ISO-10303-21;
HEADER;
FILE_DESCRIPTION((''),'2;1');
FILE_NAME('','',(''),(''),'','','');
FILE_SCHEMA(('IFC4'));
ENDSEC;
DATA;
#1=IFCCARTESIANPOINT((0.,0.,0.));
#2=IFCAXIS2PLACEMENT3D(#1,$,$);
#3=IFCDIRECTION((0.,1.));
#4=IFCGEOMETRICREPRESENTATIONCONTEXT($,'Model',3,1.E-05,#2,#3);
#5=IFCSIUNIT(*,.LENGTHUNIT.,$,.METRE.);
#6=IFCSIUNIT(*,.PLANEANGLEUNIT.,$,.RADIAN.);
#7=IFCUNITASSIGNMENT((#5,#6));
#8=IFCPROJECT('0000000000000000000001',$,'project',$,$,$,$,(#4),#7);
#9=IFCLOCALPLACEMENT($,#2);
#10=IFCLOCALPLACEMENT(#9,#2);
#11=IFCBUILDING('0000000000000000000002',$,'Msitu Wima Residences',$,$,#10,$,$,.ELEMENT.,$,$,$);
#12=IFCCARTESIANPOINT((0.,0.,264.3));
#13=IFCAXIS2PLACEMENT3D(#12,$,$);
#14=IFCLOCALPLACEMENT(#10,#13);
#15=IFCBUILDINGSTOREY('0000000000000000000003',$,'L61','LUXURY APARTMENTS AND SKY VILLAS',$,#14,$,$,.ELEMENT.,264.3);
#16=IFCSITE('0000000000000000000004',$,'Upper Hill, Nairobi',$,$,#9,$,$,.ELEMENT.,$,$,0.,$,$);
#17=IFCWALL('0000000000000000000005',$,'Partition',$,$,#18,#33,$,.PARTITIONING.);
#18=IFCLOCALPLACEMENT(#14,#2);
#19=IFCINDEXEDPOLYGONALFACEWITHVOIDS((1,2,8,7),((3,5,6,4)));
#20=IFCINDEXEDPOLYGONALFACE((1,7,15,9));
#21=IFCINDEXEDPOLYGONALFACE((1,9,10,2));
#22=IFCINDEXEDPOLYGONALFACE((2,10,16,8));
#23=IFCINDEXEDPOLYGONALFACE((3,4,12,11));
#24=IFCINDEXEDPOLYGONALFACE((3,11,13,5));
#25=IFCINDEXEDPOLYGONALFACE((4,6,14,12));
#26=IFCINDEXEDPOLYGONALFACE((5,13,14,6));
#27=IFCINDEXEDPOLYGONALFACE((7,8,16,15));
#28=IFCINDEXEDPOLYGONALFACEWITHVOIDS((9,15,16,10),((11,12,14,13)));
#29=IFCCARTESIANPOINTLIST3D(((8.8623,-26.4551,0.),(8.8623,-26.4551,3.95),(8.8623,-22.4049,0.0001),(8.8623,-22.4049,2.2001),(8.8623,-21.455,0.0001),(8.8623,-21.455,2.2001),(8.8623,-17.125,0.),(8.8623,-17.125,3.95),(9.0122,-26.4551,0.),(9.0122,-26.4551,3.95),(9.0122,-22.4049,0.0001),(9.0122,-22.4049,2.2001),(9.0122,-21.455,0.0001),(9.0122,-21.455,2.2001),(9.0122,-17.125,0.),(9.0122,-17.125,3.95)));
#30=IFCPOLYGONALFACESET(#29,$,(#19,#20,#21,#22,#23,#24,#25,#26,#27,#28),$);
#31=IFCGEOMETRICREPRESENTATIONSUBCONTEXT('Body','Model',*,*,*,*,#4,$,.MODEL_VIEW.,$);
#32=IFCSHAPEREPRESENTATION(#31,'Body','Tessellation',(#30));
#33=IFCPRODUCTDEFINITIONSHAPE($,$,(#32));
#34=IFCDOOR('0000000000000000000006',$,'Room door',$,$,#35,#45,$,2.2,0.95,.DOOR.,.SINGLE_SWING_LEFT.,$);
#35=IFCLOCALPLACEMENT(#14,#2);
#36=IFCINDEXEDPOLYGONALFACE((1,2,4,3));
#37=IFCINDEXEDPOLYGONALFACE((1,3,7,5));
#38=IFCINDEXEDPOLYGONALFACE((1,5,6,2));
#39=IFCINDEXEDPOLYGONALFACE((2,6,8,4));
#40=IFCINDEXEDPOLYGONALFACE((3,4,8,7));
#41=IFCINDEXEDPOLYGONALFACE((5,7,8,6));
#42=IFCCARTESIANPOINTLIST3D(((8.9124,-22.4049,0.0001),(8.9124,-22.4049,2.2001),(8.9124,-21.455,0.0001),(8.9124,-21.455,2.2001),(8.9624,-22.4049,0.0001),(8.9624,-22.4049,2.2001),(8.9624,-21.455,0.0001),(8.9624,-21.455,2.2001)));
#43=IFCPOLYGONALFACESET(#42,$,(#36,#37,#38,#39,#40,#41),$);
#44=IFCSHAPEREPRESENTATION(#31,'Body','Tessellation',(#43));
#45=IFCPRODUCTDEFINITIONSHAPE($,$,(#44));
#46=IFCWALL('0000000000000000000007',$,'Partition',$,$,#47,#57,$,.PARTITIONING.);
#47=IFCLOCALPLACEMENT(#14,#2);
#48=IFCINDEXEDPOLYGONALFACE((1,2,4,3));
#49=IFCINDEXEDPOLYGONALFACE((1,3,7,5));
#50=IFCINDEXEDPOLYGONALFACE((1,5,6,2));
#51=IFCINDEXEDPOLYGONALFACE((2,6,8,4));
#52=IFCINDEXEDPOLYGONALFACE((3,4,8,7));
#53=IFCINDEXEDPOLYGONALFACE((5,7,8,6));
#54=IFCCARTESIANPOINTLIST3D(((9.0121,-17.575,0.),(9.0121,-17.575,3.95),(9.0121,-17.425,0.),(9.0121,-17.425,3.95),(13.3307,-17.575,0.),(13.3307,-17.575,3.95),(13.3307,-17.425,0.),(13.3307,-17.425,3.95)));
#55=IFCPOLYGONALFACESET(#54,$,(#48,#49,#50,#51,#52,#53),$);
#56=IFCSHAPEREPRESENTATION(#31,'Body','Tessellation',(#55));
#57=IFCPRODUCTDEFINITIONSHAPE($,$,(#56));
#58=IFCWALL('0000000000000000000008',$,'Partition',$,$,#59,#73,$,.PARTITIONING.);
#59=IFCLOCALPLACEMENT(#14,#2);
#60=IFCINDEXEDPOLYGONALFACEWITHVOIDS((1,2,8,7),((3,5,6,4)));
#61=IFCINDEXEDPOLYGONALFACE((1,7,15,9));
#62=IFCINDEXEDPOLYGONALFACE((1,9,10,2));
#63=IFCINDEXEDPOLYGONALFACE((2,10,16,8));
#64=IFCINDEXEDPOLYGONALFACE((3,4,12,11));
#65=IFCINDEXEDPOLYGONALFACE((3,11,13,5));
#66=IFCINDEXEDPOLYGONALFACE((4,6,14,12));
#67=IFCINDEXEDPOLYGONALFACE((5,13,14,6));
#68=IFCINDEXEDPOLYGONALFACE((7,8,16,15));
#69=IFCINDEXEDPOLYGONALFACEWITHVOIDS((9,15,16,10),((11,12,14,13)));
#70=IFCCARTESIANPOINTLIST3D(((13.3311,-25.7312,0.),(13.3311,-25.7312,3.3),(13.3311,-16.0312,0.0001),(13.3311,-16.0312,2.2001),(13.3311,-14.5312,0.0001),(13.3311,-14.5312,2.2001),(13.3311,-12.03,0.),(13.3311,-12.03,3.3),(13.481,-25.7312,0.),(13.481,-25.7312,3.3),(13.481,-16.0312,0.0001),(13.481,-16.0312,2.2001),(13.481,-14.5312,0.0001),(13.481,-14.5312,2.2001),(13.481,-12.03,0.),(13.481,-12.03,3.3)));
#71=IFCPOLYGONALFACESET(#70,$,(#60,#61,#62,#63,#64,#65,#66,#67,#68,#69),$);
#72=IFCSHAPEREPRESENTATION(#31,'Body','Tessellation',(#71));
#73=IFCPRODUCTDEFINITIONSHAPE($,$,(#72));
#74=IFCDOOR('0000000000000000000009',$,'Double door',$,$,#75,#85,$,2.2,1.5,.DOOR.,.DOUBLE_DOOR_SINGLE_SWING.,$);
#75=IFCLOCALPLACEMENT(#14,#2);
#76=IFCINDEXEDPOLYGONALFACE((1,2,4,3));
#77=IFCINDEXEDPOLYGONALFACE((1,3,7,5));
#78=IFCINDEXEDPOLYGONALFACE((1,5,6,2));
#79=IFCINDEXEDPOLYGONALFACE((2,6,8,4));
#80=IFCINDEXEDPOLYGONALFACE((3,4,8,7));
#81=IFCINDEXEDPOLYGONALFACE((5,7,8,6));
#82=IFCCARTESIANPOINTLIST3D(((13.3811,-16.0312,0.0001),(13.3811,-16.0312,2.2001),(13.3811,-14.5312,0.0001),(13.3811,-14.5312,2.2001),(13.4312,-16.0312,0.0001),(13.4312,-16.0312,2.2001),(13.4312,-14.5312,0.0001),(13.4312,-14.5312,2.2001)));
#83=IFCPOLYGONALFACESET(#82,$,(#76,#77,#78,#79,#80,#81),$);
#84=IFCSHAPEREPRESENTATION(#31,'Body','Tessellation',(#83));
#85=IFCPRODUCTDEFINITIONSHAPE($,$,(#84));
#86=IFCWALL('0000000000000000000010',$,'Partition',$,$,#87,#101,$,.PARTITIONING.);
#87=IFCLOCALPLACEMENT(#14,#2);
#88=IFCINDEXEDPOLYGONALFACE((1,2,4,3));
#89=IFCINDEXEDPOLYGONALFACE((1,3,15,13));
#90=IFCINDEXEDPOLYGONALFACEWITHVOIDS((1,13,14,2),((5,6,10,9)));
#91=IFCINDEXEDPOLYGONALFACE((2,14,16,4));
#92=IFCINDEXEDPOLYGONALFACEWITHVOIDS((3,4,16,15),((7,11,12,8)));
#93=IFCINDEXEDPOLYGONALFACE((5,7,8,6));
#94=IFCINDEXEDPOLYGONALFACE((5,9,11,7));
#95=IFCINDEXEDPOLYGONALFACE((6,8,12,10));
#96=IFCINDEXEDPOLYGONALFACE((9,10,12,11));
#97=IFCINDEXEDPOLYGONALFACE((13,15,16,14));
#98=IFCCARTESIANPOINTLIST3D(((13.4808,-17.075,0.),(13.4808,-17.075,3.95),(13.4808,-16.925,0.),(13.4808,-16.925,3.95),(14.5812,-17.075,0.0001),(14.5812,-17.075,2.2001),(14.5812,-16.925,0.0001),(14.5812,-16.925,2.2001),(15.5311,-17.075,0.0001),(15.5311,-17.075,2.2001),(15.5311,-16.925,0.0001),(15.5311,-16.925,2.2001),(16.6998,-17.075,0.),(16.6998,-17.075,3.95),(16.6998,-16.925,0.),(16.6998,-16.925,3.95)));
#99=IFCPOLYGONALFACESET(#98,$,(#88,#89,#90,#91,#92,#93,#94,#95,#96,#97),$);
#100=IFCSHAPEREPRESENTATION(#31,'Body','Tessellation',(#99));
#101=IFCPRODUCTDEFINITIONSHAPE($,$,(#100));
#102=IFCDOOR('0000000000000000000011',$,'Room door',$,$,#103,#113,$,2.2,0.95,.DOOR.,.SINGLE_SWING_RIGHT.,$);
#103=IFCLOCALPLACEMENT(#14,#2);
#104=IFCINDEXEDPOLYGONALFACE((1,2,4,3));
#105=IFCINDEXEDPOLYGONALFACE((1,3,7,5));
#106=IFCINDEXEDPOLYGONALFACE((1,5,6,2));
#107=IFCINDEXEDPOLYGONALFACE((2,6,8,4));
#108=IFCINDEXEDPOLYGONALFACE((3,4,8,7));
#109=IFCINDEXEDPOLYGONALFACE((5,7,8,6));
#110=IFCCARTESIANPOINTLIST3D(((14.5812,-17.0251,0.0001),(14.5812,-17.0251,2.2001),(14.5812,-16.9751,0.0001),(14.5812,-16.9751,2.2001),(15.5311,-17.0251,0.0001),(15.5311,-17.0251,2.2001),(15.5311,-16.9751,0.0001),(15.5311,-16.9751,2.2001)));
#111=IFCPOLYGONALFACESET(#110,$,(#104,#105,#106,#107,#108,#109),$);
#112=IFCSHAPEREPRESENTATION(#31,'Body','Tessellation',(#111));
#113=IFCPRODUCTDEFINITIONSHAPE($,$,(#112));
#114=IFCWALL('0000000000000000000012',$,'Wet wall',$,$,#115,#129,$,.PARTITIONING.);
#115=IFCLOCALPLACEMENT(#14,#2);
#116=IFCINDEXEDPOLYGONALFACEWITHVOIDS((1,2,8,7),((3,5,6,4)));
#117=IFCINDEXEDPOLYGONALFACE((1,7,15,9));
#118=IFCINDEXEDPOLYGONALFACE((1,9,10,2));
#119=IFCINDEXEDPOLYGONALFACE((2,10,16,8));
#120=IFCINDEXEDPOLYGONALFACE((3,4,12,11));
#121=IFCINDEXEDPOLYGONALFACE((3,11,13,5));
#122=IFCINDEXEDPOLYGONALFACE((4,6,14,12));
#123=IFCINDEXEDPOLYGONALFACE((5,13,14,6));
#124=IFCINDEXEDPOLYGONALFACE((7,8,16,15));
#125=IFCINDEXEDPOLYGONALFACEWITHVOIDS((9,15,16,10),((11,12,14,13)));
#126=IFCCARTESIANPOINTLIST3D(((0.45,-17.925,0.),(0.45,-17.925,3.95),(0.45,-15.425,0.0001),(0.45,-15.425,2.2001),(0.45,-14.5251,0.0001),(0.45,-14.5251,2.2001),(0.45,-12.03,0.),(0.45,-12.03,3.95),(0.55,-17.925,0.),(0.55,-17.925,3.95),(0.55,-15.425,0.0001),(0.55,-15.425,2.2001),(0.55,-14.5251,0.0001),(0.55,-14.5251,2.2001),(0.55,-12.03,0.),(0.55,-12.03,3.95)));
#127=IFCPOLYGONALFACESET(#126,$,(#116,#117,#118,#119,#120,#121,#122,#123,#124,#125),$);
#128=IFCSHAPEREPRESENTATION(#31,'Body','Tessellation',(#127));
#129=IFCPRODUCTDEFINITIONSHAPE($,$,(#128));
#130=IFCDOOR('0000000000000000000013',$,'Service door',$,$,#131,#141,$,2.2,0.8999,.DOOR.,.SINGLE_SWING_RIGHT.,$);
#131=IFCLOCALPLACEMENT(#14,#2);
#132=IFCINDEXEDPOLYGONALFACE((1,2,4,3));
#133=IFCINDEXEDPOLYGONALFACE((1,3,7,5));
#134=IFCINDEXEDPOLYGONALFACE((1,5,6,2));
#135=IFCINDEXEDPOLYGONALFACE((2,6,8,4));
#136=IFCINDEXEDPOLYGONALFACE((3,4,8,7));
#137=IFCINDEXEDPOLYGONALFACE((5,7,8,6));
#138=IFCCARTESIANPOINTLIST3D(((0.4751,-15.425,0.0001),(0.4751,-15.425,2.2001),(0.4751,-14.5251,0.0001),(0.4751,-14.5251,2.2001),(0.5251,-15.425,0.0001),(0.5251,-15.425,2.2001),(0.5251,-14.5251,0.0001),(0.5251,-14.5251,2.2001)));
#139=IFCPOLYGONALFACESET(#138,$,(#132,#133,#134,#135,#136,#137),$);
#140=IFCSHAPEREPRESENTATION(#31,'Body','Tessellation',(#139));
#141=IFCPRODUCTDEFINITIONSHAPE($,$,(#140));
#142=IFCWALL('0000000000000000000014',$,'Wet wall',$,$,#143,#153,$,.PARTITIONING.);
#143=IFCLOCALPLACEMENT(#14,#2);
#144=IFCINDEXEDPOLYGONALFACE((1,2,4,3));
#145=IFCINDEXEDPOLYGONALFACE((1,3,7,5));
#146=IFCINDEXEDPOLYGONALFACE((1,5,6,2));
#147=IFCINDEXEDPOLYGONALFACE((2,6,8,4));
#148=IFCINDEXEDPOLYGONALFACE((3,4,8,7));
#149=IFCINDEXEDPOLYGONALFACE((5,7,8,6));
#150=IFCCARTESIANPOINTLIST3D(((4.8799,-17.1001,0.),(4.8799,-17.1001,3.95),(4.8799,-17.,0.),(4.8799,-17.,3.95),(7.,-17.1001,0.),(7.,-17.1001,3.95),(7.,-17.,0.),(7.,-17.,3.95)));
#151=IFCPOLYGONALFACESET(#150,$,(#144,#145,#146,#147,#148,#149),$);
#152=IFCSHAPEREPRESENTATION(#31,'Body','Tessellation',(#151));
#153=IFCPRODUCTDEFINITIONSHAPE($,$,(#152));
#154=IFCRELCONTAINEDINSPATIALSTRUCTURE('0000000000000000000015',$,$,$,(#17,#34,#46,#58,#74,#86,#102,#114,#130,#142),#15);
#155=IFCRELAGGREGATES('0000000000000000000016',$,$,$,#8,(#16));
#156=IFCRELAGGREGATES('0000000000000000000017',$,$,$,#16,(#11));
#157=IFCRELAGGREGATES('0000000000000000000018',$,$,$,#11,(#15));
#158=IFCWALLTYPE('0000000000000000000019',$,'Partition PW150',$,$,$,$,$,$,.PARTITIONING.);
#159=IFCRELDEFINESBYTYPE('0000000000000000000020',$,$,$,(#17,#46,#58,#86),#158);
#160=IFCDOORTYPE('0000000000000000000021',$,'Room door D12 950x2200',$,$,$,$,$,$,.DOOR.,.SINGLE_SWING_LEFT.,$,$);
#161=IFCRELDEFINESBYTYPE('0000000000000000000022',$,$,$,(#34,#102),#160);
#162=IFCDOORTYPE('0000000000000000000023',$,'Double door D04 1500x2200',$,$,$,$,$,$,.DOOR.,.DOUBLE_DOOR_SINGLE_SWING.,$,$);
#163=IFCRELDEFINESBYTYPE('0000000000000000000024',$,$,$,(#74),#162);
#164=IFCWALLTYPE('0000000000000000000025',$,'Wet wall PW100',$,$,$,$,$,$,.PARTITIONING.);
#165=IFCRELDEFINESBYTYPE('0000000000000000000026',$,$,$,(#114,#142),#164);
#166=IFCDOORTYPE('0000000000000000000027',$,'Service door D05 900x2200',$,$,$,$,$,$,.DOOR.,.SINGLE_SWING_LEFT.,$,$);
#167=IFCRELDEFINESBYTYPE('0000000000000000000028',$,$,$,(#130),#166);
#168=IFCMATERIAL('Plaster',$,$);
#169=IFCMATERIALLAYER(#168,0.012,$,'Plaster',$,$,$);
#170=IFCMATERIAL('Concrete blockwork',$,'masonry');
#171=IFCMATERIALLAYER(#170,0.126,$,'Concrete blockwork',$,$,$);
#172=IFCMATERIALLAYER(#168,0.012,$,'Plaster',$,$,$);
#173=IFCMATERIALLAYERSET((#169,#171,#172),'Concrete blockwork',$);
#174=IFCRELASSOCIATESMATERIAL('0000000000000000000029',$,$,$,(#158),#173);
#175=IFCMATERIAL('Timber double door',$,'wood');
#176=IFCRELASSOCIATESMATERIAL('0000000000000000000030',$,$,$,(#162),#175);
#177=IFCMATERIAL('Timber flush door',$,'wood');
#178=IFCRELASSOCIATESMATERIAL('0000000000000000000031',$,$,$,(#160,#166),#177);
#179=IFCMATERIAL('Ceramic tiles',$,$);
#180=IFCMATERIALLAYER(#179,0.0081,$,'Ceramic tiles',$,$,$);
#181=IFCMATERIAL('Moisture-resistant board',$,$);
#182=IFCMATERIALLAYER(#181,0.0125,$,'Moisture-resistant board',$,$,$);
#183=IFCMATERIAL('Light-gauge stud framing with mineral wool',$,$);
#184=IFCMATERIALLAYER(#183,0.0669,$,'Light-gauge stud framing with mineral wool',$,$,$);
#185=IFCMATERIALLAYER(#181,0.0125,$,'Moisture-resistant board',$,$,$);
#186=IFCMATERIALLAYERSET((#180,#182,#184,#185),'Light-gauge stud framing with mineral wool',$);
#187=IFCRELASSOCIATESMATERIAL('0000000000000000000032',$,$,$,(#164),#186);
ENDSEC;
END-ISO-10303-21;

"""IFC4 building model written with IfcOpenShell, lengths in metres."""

from ifc_helpers import new_model, si_unit, direction, frame, frame_2d, origin, place, context, subcontext, project, spatial, rectangle, extrude, material, layer, layer_set, type_object, element, fill, save


model = new_model("IFC4")

# Units and contexts
model_context = context("Model", 3, precision=1e-05, world=origin(), true_north=direction((0.0, 1.0)))
body_context = subcontext(model_context, "Body", "Model", "MODEL_VIEW")
ifc_project = project(units=[si_unit("LENGTHUNIT", "METRE"), si_unit("PLANEANGLEUNIT", "RADIAN")], contexts=[model_context])

# Site, building, storey
site_placement = place(None, origin())
site = spatial("IfcSite", under=ifc_project, at=site_placement, Name="Upper Hill, Nairobi", CompositionType="ELEMENT", RefElevation=0.0)
building_placement = place(site_placement, origin())
building = spatial("IfcBuilding", under=site, at=building_placement, Name="Msitu Wima Residences", CompositionType="ELEMENT")
storey_placement = place(building_placement, frame((0.0, 0.0, 264.3)))
storey = spatial("IfcBuildingStorey", under=building, at=storey_placement, Name="L61", Description="LUXURY APARTMENTS AND SKY VILLAS", CompositionType="ELEMENT", Elevation=264.3)

# Shared definitions
ifc_material_1 = material(Name="Plaster")
ifc_layer_1 = layer(ifc_material_1, 0.012, Name="Plaster")
ifc_material_2 = material(Name="Concrete blockwork", Category="masonry")
ifc_layer_2 = layer(ifc_material_2, 0.126, Name="Concrete blockwork")
ifc_layer_3 = layer(ifc_material_1, 0.012, Name="Plaster")
ifc_layer_set_1 = layer_set([ifc_layer_1, ifc_layer_2, ifc_layer_3], Name="Concrete blockwork")
wall_type_1 = type_object("IfcWallType", Name="Partition PW150", PredefinedType="PARTITIONING", material=ifc_layer_set_1)

# Shared definitions
ifc_material_3 = material(Name="Timber double door", Category="wood")
door_type_1 = type_object("IfcDoorType", Name="Double door D04 1500x2200", OperationType="DOUBLE_DOOR_SINGLE_SWING", PredefinedType="DOOR", material=ifc_material_3)

# Wall, opening, door
ifc_material_4 = material(Name="Timber flush door", Category="wood")
door_type_2 = type_object("IfcDoorType", Name="Room door D12 950x2200", OperationType="SINGLE_SWING_LEFT", PredefinedType="DOOR", material=ifc_material_4)
wall_1_placement = place(storey_placement, frame((8.9373, -26.4551, 0.0), z_axis=(0.0, 0.0, 1.0), x_axis=(0.0, 1.0, 0.0)))
wall_1 = element("IfcWall", 1, at=wall_1_placement, inside=storey, type_object=wall_type_1, Name="Partition", PredefinedType="PARTITIONING", context=body_context, shape_type="SweptSolid", body=[
    extrude(rectangle(XDim=9.3301, YDim=0.1499, at=frame_2d((4.665, 0.0))), origin(), (0.0, 0.0, 1.0), 3.95),
])
opening_1_placement = place(wall_1_placement, frame((4.05, 0.0, 0.0)))
opening_1 = element("IfcOpeningElement", 2, at=opening_1_placement, cuts=wall_1, PredefinedType="OPENING", context=body_context, shape_type="SweptSolid", body=[
    extrude(rectangle(XDim=0.95, YDim=2.2, at=frame_2d((0.4751, 1.1001))), frame((0.0, 0.085, 0.0), z_axis=(0.0, -1.0, 0.0), x_axis=(1.0, 0.0, 0.0)), (0.0, 0.0, 1.0), 0.1699),
])
door_1_placement = place(opening_1_placement, origin())
door_1 = element("IfcDoor", 3, at=door_1_placement, inside=storey, type_object=door_type_2, Name="Room door", OperationType="SINGLE_SWING_LEFT", OverallHeight=2.2, OverallWidth=0.95, PredefinedType="DOOR", context=body_context, shape_type="SweptSolid", body=[
    extrude(rectangle(XDim=0.95, YDim=2.2, at=frame_2d((0.4751, 1.1001))), frame((0.0, 0.0249, 0.0), z_axis=(0.0, -1.0, 0.0), x_axis=(1.0, 0.0, 0.0)), (0.0, 0.0, 1.0), 0.05),
])
fill(opening_1, door_1)

# Wall
wall_2_placement = place(storey_placement, frame((9.0122, -17.5, 0.0), z_axis=(0.0, 0.0, 1.0), x_axis=(1.0, 0.0, 0.0)))
element("IfcWall", 4, at=wall_2_placement, inside=storey, type_object=wall_type_1, Name="Partition", PredefinedType="PARTITIONING", context=body_context, shape_type="SweptSolid", body=[
    extrude(rectangle(XDim=4.3186, YDim=0.1499, at=frame_2d((2.1592, 0.0))), origin(), (0.0, 0.0, 1.0), 3.95),
])

# Walls, openings, doors
wall_3_placement = place(storey_placement, frame((13.406, -25.7312, 0.0), z_axis=(0.0, 0.0, 1.0), x_axis=(0.0, 1.0, 0.0)))
wall_3 = element("IfcWall", 5, at=wall_3_placement, inside=storey, type_object=wall_type_1, Name="Partition", PredefinedType="PARTITIONING", context=body_context, shape_type="SweptSolid", body=[
    extrude(rectangle(XDim=13.7012, YDim=0.1499, at=frame_2d((6.8506, 0.0))), origin(), (0.0, 0.0, 1.0), 3.3),
])
opening_2_placement = place(wall_3_placement, frame((9.7, 0.0, 0.0)))
opening_2 = element("IfcOpeningElement", 6, at=opening_2_placement, cuts=wall_3, PredefinedType="OPENING", context=body_context, shape_type="SweptSolid", body=[
    extrude(rectangle(XDim=1.5, YDim=2.2, at=frame_2d((0.75, 1.1001))), frame((0.0, 0.085, 0.0), z_axis=(0.0, -1.0, 0.0), x_axis=(1.0, 0.0, 0.0)), (0.0, 0.0, 1.0), 0.1699),
])
door_2_placement = place(opening_2_placement, origin())
door_2 = element("IfcDoor", 7, at=door_2_placement, inside=storey, type_object=door_type_1, Name="Double door", OperationType="DOUBLE_DOOR_SINGLE_SWING", OverallHeight=2.2, OverallWidth=1.5, PredefinedType="DOOR", context=body_context, shape_type="SweptSolid", body=[
    extrude(rectangle(XDim=1.5, YDim=2.2, at=frame_2d((0.75, 1.1001))), frame((0.0, 0.0249, 0.0), z_axis=(0.0, -1.0, 0.0), x_axis=(1.0, 0.0, 0.0)), (0.0, 0.0, 1.0), 0.05),
])
fill(opening_2, door_2)
wall_4_placement = place(storey_placement, frame((13.481, -17.0, 0.0), z_axis=(0.0, 0.0, 1.0), x_axis=(1.0, 0.0, 0.0)))
wall_4 = element("IfcWall", 8, at=wall_4_placement, inside=storey, type_object=wall_type_1, Name="Partition", PredefinedType="PARTITIONING", context=body_context, shape_type="SweptSolid", body=[
    extrude(rectangle(XDim=3.219, YDim=0.1499, at=frame_2d((1.6094, 0.0))), origin(), (0.0, 0.0, 1.0), 3.95),
])
opening_3_placement = place(wall_4_placement, frame((1.1001, 0.0, 0.0)))
opening_3 = element("IfcOpeningElement", 9, at=opening_3_placement, cuts=wall_4, PredefinedType="OPENING", context=body_context, shape_type="SweptSolid", body=[
    extrude(rectangle(XDim=0.95, YDim=2.2, at=frame_2d((0.4751, 1.1001))), frame((0.0, 0.085, 0.0), z_axis=(0.0, -1.0, 0.0), x_axis=(1.0, 0.0, 0.0)), (0.0, 0.0, 1.0), 0.1699),
])
door_3_placement = place(opening_3_placement, origin())
door_3 = element("IfcDoor", 10, at=door_3_placement, inside=storey, type_object=door_type_2, Name="Room door", OperationType="SINGLE_SWING_RIGHT", OverallHeight=2.2, OverallWidth=0.95, PredefinedType="DOOR", context=body_context, shape_type="SweptSolid", body=[
    extrude(rectangle(XDim=0.95, YDim=2.2, at=frame_2d((0.4751, 1.1001))), frame((0.0, 0.0249, 0.0), z_axis=(0.0, -1.0, 0.0), x_axis=(1.0, 0.0, 0.0)), (0.0, 0.0, 1.0), 0.05),
])
fill(opening_3, door_3)
ifc_material_5 = material(Name="Ceramic tiles")
ifc_layer_4 = layer(ifc_material_5, 0.0081, Name="Ceramic tiles")
ifc_material_6 = material(Name="Moisture-resistant board")
ifc_layer_5 = layer(ifc_material_6, 0.0125, Name="Moisture-resistant board")
ifc_material_7 = material(Name="Light-gauge stud framing with mineral wool")
ifc_layer_6 = layer(ifc_material_7, 0.0669, Name="Light-gauge stud framing with mineral wool")
ifc_layer_7 = layer(ifc_material_6, 0.0125, Name="Moisture-resistant board")
ifc_layer_set_2 = layer_set([ifc_layer_4, ifc_layer_5, ifc_layer_6, ifc_layer_7], Name="Light-gauge stud framing with mineral wool")
wall_type_2 = type_object("IfcWallType", Name="Wet wall PW100", PredefinedType="PARTITIONING", material=ifc_layer_set_2)
wall_5_placement = place(storey_placement, frame((0.5, -17.925, 0.0), z_axis=(0.0, 0.0, 1.0), x_axis=(0.0, 1.0, 0.0)))
wall_5 = element("IfcWall", 11, at=wall_5_placement, inside=storey, type_object=wall_type_2, Name="Wet wall", PredefinedType="PARTITIONING", context=body_context, shape_type="SweptSolid", body=[
    extrude(rectangle(XDim=5.895, YDim=0.1001, at=frame_2d((2.9475, 0.0))), origin(), (0.0, 0.0, 1.0), 3.95),
])
opening_4_placement = place(wall_5_placement, frame((2.5, 0.0, 0.0)))
opening_4 = element("IfcOpeningElement", 12, at=opening_4_placement, cuts=wall_5, PredefinedType="OPENING", context=body_context, shape_type="SweptSolid", body=[
    extrude(rectangle(XDim=0.8999, YDim=2.2, at=frame_2d((0.45, 1.1001))), frame((0.0, 0.0601, 0.0), z_axis=(0.0, -1.0, 0.0), x_axis=(1.0, 0.0, 0.0)), (0.0, 0.0, 1.0), 0.1201),
])
door_type_3 = type_object("IfcDoorType", Name="Service door D05 900x2200", OperationType="SINGLE_SWING_LEFT", PredefinedType="DOOR", material=ifc_material_4)
door_4_placement = place(opening_4_placement, origin())
door_4 = element("IfcDoor", 13, at=door_4_placement, inside=storey, type_object=door_type_3, Name="Service door", OperationType="SINGLE_SWING_RIGHT", OverallHeight=2.2, OverallWidth=0.8999, PredefinedType="DOOR", context=body_context, shape_type="SweptSolid", body=[
    extrude(rectangle(XDim=0.8999, YDim=2.2, at=frame_2d((0.45, 1.1001))), frame((0.0, 0.0249, 0.0), z_axis=(0.0, -1.0, 0.0), x_axis=(1.0, 0.0, 0.0)), (0.0, 0.0, 1.0), 0.05),
])
fill(opening_4, door_4)

# Wall
wall_6_placement = place(storey_placement, frame((4.8799, -17.05, 0.0), z_axis=(0.0, 0.0, 1.0), x_axis=(1.0, 0.0, 0.0)))
element("IfcWall", 14, at=wall_6_placement, inside=storey, type_object=wall_type_2, Name="Wet wall", PredefinedType="PARTITIONING", context=body_context, shape_type="SweptSolid", body=[
    extrude(rectangle(XDim=2.1201, YDim=0.1001, at=frame_2d((1.0601, 0.0))), origin(), (0.0, 0.0, 1.0), 3.95),
])

save(model, "model.ifc")
